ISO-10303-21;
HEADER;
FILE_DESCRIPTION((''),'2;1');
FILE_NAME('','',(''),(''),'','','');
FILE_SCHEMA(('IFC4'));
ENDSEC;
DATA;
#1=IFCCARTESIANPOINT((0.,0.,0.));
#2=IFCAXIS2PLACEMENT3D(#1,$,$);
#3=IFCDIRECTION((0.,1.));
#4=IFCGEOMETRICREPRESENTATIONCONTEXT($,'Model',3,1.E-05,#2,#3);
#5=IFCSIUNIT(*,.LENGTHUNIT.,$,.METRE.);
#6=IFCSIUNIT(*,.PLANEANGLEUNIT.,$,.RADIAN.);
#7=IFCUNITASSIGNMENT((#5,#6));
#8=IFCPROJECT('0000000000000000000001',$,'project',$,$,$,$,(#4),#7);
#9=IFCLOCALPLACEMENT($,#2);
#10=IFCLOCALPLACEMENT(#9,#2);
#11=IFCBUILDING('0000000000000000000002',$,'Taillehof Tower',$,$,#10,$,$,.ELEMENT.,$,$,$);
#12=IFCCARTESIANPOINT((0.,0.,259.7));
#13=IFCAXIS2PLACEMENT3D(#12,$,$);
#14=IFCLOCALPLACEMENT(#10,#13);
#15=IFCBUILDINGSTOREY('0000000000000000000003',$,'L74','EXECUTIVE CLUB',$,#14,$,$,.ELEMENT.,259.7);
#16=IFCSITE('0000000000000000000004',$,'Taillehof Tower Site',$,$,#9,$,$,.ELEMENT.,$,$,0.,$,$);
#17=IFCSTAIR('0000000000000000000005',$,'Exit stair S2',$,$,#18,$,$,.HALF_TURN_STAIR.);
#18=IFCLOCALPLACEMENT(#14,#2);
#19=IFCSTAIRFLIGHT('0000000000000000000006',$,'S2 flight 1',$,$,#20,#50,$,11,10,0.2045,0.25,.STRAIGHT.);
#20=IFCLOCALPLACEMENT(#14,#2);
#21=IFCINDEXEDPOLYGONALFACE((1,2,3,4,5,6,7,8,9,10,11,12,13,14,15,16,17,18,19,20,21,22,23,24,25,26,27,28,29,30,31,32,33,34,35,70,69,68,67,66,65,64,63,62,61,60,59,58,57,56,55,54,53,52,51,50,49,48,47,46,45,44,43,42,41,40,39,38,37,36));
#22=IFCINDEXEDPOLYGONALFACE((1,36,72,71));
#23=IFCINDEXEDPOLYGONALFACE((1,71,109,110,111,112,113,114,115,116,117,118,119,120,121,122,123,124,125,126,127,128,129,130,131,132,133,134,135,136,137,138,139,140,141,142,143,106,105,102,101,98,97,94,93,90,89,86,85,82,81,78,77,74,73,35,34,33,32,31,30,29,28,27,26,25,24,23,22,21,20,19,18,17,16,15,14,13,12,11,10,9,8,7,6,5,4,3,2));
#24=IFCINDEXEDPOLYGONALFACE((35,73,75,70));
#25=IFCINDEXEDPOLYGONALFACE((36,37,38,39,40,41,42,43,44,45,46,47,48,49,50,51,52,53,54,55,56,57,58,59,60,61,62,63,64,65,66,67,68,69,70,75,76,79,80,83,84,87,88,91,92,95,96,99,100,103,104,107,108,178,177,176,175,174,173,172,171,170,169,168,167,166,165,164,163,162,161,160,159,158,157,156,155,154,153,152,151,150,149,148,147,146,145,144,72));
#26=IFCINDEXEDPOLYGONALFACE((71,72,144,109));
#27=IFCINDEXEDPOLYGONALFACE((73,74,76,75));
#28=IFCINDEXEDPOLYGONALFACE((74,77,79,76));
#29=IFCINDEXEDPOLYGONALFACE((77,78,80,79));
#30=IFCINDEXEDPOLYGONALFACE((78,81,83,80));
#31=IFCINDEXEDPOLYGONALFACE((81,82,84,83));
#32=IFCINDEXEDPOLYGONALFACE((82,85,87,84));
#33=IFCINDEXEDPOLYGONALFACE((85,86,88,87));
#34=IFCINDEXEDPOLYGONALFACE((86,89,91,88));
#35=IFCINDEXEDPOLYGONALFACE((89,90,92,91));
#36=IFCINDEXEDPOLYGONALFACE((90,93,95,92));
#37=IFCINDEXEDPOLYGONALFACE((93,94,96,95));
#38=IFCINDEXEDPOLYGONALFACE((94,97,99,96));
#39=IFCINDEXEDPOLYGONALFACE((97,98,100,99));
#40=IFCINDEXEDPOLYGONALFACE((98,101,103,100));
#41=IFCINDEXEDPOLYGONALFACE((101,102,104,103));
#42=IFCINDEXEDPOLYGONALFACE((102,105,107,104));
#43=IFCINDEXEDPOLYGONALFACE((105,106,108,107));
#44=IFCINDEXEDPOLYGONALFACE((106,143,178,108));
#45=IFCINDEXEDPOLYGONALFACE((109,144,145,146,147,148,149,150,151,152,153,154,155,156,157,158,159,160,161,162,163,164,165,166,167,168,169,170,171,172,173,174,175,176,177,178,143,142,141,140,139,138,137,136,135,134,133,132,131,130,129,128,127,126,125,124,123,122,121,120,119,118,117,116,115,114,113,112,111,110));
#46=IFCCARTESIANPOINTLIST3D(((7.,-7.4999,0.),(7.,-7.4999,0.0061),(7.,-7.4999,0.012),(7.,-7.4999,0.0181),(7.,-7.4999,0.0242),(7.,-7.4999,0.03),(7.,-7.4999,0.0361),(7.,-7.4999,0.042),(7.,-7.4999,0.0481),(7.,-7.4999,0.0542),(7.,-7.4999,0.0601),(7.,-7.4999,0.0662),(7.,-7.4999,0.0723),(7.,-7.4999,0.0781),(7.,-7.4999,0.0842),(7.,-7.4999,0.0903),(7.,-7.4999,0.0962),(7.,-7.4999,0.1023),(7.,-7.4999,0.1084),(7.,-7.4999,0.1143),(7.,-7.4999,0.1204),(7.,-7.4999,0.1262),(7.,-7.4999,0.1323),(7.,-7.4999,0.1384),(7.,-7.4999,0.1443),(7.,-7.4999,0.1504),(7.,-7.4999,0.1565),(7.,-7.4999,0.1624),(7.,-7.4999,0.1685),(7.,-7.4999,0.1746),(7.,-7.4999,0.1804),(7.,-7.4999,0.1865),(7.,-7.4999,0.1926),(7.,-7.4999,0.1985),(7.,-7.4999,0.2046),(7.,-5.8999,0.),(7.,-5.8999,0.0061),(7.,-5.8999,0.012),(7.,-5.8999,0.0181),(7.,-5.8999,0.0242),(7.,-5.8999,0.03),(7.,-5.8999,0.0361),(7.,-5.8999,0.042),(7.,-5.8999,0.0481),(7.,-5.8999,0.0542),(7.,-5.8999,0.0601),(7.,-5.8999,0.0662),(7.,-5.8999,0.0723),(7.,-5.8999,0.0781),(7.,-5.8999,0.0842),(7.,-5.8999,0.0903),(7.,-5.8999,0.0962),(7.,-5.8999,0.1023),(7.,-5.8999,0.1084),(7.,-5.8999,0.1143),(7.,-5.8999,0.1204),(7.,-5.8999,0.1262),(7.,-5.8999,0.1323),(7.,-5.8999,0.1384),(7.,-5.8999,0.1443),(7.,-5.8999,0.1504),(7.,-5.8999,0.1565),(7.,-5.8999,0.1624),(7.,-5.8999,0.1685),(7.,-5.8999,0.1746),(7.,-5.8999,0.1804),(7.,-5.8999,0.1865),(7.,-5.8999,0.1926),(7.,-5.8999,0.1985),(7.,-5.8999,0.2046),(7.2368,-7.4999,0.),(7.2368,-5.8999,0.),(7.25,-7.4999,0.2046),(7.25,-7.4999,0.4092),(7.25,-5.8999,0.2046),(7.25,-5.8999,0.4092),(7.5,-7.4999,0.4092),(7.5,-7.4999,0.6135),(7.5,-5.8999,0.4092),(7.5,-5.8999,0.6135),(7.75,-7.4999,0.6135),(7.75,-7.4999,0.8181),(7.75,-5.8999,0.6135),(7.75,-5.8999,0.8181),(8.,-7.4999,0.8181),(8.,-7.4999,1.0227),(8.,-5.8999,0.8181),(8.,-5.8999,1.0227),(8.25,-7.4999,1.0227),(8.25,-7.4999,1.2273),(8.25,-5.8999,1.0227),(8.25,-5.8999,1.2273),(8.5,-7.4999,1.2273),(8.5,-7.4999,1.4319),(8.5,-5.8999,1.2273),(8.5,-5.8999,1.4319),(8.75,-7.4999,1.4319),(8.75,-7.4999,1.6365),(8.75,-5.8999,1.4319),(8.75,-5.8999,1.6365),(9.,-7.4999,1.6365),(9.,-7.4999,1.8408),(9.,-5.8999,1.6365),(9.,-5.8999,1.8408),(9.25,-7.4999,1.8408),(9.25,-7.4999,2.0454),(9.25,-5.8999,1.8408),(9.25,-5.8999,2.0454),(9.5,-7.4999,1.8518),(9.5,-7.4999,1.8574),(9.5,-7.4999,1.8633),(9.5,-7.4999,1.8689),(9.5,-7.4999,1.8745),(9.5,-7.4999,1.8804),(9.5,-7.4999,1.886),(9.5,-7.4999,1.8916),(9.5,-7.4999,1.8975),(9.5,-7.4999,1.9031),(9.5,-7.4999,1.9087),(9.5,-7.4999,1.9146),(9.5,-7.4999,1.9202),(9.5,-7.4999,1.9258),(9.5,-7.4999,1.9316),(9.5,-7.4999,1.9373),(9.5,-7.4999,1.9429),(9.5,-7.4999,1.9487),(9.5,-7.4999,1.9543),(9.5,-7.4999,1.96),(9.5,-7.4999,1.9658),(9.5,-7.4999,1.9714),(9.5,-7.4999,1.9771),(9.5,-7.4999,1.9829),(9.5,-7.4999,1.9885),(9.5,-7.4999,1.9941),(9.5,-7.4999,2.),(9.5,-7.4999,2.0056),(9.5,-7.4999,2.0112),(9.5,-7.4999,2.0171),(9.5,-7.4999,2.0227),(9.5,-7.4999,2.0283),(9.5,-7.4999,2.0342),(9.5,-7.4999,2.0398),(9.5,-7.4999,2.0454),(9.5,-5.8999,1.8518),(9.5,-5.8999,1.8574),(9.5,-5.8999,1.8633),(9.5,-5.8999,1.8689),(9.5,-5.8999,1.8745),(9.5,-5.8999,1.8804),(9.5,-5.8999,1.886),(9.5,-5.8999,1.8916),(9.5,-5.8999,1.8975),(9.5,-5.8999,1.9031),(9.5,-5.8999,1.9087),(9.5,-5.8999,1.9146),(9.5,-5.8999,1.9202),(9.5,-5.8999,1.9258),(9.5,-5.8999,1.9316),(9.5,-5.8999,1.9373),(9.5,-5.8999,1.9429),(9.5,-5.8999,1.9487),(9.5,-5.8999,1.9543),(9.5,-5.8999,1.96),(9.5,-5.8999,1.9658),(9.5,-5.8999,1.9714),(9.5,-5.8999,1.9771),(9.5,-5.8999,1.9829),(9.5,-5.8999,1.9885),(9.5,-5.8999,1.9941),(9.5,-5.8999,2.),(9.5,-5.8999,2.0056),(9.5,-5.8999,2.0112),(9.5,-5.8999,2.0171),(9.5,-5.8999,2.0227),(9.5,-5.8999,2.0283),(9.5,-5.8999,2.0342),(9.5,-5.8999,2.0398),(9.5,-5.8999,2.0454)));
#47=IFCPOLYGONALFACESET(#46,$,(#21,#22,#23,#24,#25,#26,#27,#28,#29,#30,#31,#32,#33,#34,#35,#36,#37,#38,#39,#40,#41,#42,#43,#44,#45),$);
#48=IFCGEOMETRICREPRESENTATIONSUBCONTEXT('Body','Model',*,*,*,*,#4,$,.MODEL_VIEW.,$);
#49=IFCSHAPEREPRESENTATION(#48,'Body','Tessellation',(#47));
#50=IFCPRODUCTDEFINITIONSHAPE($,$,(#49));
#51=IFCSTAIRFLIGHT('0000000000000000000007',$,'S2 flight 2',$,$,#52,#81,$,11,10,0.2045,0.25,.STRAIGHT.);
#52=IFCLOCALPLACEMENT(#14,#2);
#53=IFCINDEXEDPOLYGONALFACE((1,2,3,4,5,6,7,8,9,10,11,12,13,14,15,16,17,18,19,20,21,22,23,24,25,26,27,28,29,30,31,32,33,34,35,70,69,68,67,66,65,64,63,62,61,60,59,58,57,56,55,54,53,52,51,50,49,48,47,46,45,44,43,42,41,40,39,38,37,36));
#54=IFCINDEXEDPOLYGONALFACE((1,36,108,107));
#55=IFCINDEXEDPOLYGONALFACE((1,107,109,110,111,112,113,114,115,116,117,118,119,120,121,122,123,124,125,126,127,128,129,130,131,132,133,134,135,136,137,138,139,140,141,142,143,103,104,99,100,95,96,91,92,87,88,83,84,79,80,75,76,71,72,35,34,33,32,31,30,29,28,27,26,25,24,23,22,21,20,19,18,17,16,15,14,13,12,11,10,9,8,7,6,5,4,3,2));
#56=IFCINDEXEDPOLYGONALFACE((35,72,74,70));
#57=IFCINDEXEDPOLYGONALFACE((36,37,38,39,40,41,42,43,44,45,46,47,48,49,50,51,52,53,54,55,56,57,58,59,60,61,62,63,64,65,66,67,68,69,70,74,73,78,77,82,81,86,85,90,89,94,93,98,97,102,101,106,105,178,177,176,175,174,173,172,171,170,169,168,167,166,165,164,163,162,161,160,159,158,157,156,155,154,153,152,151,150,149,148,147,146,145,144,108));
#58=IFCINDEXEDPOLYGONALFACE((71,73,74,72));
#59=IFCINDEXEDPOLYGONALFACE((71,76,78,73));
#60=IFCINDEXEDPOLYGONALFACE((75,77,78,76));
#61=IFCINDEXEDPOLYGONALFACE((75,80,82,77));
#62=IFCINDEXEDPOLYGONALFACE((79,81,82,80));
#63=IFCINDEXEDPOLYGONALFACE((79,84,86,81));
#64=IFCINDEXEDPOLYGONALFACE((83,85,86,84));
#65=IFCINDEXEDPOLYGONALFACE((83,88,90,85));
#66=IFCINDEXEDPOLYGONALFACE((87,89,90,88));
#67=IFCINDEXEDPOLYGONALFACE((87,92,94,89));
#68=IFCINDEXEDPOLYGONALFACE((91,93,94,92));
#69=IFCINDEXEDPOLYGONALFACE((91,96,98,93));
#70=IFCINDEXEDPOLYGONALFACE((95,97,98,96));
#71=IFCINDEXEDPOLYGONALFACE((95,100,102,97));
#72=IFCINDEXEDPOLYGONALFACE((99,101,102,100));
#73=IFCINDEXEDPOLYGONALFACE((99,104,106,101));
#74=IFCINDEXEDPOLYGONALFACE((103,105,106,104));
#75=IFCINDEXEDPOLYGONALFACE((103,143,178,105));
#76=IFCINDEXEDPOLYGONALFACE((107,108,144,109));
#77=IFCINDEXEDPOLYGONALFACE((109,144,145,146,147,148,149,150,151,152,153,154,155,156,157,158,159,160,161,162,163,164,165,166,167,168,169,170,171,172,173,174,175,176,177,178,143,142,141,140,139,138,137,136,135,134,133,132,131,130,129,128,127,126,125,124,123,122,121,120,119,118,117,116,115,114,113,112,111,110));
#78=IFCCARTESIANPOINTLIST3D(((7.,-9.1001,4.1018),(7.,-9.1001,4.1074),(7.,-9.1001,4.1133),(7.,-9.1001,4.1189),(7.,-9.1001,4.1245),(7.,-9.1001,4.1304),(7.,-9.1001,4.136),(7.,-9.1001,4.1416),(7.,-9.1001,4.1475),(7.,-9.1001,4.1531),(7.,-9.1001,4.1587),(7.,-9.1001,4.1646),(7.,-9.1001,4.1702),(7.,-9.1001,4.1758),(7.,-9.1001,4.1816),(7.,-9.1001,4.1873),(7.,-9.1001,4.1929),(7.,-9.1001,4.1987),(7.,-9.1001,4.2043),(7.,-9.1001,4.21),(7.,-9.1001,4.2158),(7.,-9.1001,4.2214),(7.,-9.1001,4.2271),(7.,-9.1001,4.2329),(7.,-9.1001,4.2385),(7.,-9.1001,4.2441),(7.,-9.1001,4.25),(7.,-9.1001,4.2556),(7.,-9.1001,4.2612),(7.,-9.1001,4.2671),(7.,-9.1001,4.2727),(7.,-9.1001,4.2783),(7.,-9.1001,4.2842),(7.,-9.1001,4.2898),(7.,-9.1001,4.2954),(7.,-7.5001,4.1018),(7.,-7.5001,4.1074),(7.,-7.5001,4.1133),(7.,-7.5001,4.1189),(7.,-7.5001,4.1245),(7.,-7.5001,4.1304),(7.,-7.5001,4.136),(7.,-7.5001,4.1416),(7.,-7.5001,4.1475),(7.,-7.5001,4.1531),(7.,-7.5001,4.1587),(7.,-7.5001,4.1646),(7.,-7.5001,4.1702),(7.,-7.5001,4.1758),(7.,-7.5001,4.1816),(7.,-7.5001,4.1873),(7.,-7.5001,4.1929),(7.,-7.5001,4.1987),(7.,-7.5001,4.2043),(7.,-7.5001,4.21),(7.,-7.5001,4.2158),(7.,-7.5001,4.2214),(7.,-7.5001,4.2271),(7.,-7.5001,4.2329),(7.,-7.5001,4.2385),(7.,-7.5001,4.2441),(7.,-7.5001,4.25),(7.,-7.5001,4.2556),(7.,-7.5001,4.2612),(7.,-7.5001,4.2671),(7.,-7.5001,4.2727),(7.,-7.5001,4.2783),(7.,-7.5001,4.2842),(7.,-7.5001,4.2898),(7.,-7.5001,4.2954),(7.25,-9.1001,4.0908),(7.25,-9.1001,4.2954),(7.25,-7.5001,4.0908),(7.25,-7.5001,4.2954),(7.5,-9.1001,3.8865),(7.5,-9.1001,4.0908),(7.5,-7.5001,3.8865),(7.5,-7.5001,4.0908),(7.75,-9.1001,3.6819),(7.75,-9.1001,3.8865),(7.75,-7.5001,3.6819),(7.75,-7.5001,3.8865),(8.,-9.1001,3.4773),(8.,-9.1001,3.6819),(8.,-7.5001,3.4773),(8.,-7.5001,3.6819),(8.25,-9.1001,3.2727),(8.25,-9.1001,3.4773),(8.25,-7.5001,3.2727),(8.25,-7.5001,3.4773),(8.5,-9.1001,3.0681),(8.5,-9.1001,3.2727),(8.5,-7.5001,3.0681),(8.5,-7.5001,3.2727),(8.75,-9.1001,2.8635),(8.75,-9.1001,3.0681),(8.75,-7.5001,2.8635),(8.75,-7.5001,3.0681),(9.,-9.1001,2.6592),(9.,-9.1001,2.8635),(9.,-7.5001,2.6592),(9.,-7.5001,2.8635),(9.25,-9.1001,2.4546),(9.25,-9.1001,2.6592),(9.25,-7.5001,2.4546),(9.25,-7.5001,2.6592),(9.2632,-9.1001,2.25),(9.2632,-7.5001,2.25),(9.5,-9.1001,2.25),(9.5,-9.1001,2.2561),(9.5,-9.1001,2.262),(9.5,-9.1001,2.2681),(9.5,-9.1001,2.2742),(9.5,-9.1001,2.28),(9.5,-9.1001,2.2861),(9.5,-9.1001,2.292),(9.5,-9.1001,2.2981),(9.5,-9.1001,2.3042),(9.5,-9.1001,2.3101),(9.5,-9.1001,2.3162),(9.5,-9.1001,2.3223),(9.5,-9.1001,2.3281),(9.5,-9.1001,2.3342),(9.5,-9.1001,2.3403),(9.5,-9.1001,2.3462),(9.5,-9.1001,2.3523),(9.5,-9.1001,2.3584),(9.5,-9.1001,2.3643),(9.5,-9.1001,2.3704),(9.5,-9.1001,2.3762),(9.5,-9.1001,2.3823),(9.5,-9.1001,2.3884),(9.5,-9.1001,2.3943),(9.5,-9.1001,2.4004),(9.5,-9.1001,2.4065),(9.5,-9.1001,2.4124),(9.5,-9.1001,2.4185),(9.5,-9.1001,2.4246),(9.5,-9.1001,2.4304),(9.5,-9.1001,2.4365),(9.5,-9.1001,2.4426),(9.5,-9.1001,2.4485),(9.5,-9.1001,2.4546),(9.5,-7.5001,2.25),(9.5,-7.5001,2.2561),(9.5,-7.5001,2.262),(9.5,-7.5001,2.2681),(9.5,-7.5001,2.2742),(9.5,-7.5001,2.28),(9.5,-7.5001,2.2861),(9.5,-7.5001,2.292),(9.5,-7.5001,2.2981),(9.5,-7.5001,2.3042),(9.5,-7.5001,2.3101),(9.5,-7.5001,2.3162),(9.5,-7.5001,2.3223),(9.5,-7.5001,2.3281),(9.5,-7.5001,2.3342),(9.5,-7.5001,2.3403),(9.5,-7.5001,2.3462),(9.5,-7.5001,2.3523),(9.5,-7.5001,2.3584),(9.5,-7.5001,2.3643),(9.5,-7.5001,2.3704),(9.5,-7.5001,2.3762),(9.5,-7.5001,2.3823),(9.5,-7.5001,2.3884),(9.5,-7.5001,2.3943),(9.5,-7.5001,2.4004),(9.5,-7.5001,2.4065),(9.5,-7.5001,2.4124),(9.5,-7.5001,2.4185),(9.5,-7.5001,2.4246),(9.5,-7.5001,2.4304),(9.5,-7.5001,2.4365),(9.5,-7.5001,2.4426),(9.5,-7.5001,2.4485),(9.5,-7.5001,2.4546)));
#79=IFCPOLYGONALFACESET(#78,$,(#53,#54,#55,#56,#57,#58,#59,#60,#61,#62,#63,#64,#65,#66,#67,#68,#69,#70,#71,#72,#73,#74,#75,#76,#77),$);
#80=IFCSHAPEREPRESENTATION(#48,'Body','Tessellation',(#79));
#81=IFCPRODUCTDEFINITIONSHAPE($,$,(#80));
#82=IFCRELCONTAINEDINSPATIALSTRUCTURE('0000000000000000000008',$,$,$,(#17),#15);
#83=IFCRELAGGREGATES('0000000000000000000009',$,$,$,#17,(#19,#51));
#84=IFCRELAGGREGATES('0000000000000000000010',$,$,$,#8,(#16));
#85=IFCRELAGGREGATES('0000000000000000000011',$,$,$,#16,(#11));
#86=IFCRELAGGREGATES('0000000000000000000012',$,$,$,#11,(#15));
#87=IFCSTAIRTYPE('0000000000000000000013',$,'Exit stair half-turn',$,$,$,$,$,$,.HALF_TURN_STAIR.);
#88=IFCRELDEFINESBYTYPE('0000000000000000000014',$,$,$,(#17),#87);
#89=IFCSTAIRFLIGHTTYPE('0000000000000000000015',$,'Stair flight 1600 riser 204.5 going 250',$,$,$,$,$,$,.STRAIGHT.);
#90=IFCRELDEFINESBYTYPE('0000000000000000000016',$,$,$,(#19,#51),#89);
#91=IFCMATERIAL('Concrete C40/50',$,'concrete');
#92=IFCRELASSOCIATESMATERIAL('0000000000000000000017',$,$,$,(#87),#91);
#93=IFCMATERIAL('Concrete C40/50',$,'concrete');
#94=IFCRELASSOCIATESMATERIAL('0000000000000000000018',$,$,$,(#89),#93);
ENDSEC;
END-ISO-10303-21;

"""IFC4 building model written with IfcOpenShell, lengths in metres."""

from ifc_helpers import new_model, si_unit, direction, frame, origin, place, context, subcontext, project, spatial, polyline, outline, extrude, material, type_object, element, aggregate, save


model = new_model("IFC4")

# Units and contexts
model_context = context("Model", 3, precision=1e-05, world=origin(), true_north=direction((0.0, 1.0)))
body_context = subcontext(model_context, "Body", "Model", "MODEL_VIEW")
ifc_project = project(units=[si_unit("LENGTHUNIT", "METRE"), si_unit("PLANEANGLEUNIT", "RADIAN")], contexts=[model_context])

# Site, building, storey
site_placement = place(None, origin())
site = spatial("IfcSite", under=ifc_project, at=site_placement, Name="Taillehof Tower Site", CompositionType="ELEMENT", RefElevation=0.0)
building_placement = place(site_placement, origin())
building = spatial("IfcBuilding", under=site, at=building_placement, Name="Taillehof Tower", CompositionType="ELEMENT")
storey_placement = place(building_placement, frame((0.0, 0.0, 259.7)))
storey = spatial("IfcBuildingStorey", under=building, at=storey_placement, Name="L74", Description="EXECUTIVE CLUB", CompositionType="ELEMENT", Elevation=259.7)

# Stair
ifc_material_1 = material(Name="Concrete C40/50", Category="concrete")
stair_type = type_object("IfcStairType", Name="Exit stair half-turn", PredefinedType="HALF_TURN_STAIR", material=ifc_material_1)
stair_1_placement = place(storey_placement, origin())
stair_1 = element("IfcStair", 1, at=stair_1_placement, inside=storey, type_object=stair_type, Name="Exit stair S2", PredefinedType="HALF_TURN_STAIR")

# Stair flights
ifc_material_2 = material(Name="Concrete C40/50", Category="concrete")
stair_flight_type = type_object("IfcStairFlightType", Name="Stair flight 1600 riser 204.5 going 250", PredefinedType="STRAIGHT", material=ifc_material_2)
stair_flight_1_placement = place(storey_placement, frame((7.0, -6.7, 0.0), z_axis=(0.0, 0.0, 1.0), x_axis=(1.0, 0.0, 0.0)))
stair_flight_1 = element("IfcStairFlight", 2, at=stair_flight_1_placement, type_object=stair_flight_type, Name="S2 flight 1", NumberOfRisers=11, NumberOfTreads=10, PredefinedType="STRAIGHT", RiserHeight=0.2045, TreadLength=0.25, context=body_context, shape_type="SweptSolid", body=[
    extrude(outline(polyline([(0.0, 0.0), (0.0, 0.0061), (0.0, 0.012), (0.0, 0.0181), (0.0, 0.0242), (0.0, 0.03), (0.0, 0.0361), (0.0, 0.042), (0.0, 0.0481), (0.0, 0.0542), (0.0, 0.0601), (0.0, 0.0662), (0.0, 0.0723), (0.0, 0.0781), (0.0, 0.0842), (0.0, 0.0903), (0.0, 0.0962), (0.0, 0.1023), (0.0, 0.1084), (0.0, 0.1143), (0.0, 0.1204), (0.0, 0.1262), (0.0, 0.1323), (0.0, 0.1384), (0.0, 0.1443), (0.0, 0.1504), (0.0, 0.1565), (0.0, 0.1624), (0.0, 0.1685), (0.0, 0.1746), (0.0, 0.1804), (0.0, 0.1865), (0.0, 0.1926), (0.0, 0.1985), (0.0, 0.2046), (0.25, 0.2046), (0.25, 0.4092), (0.5, 0.4092), (0.5, 0.6135), (0.75, 0.6135), (0.75, 0.8181), (1.0, 0.8181), (1.0, 1.0227), (1.25, 1.0227), (1.25, 1.2273), (1.5, 1.2273), (1.5, 1.4319), (1.75, 1.4319), (1.75, 1.6365), (2.0, 1.6365), (2.0, 1.8408), (2.25, 1.8408), (2.25, 2.0454), (2.5, 2.0454), (2.5, 2.0398), (2.5, 2.0342), (2.5, 2.0283), (2.5, 2.0227), (2.5, 2.0171), (2.5, 2.0112), (2.5, 2.0056), (2.5, 2.0), (2.5, 1.9941), (2.5, 1.9885), (2.5, 1.9829), (2.5, 1.9771), (2.5, 1.9714), (2.5, 1.9658), (2.5, 1.96), (2.5, 1.9543), (2.5, 1.9487), (2.5, 1.9429), (2.5, 1.9373), (2.5, 1.9316), (2.5, 1.9258), (2.5, 1.9202), (2.5, 1.9146), (2.5, 1.9087), (2.5, 1.9031), (2.5, 1.8975), (2.5, 1.8916), (2.5, 1.886), (2.5, 1.8804), (2.5, 1.8745), (2.5, 1.8689), (2.5, 1.8633), (2.5, 1.8574), (2.5, 1.8518), (0.2368, 0.0), (0.0, 0.0)])), frame((0.0, 0.8, 0.0), z_axis=(0.0, -1.0, 0.0), x_axis=(1.0, 0.0, 0.0)), (0.0, 0.0, 1.0), 1.6),
])
stair_flight_2_placement = place(storey_placement, frame((9.5, -8.3, 2.25), z_axis=(0.0, 0.0, 1.0), x_axis=(-1.0, 0.0, 0.0)))
stair_flight_2 = element("IfcStairFlight", 3, at=stair_flight_2_placement, type_object=stair_flight_type, Name="S2 flight 2", NumberOfRisers=11, NumberOfTreads=10, PredefinedType="STRAIGHT", RiserHeight=0.2045, TreadLength=0.25, context=body_context, shape_type="SweptSolid", body=[
    extrude(outline(polyline([(0.0, 0.0), (0.0, 0.0061), (0.0, 0.012), (0.0, 0.0181), (0.0, 0.0242), (0.0, 0.03), (0.0, 0.0361), (0.0, 0.042), (0.0, 0.0481), (0.0, 0.0542), (0.0, 0.0601), (0.0, 0.0662), (0.0, 0.0723), (0.0, 0.0781), (0.0, 0.0842), (0.0, 0.0903), (0.0, 0.0962), (0.0, 0.1023), (0.0, 0.1084), (0.0, 0.1143), (0.0, 0.1204), (0.0, 0.1262), (0.0, 0.1323), (0.0, 0.1384), (0.0, 0.1443), (0.0, 0.1504), (0.0, 0.1565), (0.0, 0.1624), (0.0, 0.1685), (0.0, 0.1746), (0.0, 0.1804), (0.0, 0.1865), (0.0, 0.1926), (0.0, 0.1985), (0.0, 0.2046), (0.25, 0.2046), (0.25, 0.4092), (0.5, 0.4092), (0.5, 0.6135), (0.75, 0.6135), (0.75, 0.8181), (1.0, 0.8181), (1.0, 1.0227), (1.25, 1.0227), (1.25, 1.2273), (1.5, 1.2273), (1.5, 1.4319), (1.75, 1.4319), (1.75, 1.6365), (2.0, 1.6365), (2.0, 1.8408), (2.25, 1.8408), (2.25, 2.0454), (2.5, 2.0454), (2.5, 2.0398), (2.5, 2.0342), (2.5, 2.0283), (2.5, 2.0227), (2.5, 2.0171), (2.5, 2.0112), (2.5, 2.0056), (2.5, 2.0), (2.5, 1.9941), (2.5, 1.9885), (2.5, 1.9829), (2.5, 1.9771), (2.5, 1.9714), (2.5, 1.9658), (2.5, 1.96), (2.5, 1.9543), (2.5, 1.9487), (2.5, 1.9429), (2.5, 1.9373), (2.5, 1.9316), (2.5, 1.9258), (2.5, 1.9202), (2.5, 1.9146), (2.5, 1.9087), (2.5, 1.9031), (2.5, 1.8975), (2.5, 1.8916), (2.5, 1.886), (2.5, 1.8804), (2.5, 1.8745), (2.5, 1.8689), (2.5, 1.8633), (2.5, 1.8574), (2.5, 1.8518), (0.2368, 0.0), (0.0, 0.0)])), frame((0.0, 0.8, 0.0), z_axis=(0.0, -1.0, 0.0), x_axis=(1.0, 0.0, 0.0)), (0.0, 0.0, 1.0), 1.6),
])
aggregate(stair_1, [stair_flight_1, stair_flight_2])

save(model, "model.ifc")
